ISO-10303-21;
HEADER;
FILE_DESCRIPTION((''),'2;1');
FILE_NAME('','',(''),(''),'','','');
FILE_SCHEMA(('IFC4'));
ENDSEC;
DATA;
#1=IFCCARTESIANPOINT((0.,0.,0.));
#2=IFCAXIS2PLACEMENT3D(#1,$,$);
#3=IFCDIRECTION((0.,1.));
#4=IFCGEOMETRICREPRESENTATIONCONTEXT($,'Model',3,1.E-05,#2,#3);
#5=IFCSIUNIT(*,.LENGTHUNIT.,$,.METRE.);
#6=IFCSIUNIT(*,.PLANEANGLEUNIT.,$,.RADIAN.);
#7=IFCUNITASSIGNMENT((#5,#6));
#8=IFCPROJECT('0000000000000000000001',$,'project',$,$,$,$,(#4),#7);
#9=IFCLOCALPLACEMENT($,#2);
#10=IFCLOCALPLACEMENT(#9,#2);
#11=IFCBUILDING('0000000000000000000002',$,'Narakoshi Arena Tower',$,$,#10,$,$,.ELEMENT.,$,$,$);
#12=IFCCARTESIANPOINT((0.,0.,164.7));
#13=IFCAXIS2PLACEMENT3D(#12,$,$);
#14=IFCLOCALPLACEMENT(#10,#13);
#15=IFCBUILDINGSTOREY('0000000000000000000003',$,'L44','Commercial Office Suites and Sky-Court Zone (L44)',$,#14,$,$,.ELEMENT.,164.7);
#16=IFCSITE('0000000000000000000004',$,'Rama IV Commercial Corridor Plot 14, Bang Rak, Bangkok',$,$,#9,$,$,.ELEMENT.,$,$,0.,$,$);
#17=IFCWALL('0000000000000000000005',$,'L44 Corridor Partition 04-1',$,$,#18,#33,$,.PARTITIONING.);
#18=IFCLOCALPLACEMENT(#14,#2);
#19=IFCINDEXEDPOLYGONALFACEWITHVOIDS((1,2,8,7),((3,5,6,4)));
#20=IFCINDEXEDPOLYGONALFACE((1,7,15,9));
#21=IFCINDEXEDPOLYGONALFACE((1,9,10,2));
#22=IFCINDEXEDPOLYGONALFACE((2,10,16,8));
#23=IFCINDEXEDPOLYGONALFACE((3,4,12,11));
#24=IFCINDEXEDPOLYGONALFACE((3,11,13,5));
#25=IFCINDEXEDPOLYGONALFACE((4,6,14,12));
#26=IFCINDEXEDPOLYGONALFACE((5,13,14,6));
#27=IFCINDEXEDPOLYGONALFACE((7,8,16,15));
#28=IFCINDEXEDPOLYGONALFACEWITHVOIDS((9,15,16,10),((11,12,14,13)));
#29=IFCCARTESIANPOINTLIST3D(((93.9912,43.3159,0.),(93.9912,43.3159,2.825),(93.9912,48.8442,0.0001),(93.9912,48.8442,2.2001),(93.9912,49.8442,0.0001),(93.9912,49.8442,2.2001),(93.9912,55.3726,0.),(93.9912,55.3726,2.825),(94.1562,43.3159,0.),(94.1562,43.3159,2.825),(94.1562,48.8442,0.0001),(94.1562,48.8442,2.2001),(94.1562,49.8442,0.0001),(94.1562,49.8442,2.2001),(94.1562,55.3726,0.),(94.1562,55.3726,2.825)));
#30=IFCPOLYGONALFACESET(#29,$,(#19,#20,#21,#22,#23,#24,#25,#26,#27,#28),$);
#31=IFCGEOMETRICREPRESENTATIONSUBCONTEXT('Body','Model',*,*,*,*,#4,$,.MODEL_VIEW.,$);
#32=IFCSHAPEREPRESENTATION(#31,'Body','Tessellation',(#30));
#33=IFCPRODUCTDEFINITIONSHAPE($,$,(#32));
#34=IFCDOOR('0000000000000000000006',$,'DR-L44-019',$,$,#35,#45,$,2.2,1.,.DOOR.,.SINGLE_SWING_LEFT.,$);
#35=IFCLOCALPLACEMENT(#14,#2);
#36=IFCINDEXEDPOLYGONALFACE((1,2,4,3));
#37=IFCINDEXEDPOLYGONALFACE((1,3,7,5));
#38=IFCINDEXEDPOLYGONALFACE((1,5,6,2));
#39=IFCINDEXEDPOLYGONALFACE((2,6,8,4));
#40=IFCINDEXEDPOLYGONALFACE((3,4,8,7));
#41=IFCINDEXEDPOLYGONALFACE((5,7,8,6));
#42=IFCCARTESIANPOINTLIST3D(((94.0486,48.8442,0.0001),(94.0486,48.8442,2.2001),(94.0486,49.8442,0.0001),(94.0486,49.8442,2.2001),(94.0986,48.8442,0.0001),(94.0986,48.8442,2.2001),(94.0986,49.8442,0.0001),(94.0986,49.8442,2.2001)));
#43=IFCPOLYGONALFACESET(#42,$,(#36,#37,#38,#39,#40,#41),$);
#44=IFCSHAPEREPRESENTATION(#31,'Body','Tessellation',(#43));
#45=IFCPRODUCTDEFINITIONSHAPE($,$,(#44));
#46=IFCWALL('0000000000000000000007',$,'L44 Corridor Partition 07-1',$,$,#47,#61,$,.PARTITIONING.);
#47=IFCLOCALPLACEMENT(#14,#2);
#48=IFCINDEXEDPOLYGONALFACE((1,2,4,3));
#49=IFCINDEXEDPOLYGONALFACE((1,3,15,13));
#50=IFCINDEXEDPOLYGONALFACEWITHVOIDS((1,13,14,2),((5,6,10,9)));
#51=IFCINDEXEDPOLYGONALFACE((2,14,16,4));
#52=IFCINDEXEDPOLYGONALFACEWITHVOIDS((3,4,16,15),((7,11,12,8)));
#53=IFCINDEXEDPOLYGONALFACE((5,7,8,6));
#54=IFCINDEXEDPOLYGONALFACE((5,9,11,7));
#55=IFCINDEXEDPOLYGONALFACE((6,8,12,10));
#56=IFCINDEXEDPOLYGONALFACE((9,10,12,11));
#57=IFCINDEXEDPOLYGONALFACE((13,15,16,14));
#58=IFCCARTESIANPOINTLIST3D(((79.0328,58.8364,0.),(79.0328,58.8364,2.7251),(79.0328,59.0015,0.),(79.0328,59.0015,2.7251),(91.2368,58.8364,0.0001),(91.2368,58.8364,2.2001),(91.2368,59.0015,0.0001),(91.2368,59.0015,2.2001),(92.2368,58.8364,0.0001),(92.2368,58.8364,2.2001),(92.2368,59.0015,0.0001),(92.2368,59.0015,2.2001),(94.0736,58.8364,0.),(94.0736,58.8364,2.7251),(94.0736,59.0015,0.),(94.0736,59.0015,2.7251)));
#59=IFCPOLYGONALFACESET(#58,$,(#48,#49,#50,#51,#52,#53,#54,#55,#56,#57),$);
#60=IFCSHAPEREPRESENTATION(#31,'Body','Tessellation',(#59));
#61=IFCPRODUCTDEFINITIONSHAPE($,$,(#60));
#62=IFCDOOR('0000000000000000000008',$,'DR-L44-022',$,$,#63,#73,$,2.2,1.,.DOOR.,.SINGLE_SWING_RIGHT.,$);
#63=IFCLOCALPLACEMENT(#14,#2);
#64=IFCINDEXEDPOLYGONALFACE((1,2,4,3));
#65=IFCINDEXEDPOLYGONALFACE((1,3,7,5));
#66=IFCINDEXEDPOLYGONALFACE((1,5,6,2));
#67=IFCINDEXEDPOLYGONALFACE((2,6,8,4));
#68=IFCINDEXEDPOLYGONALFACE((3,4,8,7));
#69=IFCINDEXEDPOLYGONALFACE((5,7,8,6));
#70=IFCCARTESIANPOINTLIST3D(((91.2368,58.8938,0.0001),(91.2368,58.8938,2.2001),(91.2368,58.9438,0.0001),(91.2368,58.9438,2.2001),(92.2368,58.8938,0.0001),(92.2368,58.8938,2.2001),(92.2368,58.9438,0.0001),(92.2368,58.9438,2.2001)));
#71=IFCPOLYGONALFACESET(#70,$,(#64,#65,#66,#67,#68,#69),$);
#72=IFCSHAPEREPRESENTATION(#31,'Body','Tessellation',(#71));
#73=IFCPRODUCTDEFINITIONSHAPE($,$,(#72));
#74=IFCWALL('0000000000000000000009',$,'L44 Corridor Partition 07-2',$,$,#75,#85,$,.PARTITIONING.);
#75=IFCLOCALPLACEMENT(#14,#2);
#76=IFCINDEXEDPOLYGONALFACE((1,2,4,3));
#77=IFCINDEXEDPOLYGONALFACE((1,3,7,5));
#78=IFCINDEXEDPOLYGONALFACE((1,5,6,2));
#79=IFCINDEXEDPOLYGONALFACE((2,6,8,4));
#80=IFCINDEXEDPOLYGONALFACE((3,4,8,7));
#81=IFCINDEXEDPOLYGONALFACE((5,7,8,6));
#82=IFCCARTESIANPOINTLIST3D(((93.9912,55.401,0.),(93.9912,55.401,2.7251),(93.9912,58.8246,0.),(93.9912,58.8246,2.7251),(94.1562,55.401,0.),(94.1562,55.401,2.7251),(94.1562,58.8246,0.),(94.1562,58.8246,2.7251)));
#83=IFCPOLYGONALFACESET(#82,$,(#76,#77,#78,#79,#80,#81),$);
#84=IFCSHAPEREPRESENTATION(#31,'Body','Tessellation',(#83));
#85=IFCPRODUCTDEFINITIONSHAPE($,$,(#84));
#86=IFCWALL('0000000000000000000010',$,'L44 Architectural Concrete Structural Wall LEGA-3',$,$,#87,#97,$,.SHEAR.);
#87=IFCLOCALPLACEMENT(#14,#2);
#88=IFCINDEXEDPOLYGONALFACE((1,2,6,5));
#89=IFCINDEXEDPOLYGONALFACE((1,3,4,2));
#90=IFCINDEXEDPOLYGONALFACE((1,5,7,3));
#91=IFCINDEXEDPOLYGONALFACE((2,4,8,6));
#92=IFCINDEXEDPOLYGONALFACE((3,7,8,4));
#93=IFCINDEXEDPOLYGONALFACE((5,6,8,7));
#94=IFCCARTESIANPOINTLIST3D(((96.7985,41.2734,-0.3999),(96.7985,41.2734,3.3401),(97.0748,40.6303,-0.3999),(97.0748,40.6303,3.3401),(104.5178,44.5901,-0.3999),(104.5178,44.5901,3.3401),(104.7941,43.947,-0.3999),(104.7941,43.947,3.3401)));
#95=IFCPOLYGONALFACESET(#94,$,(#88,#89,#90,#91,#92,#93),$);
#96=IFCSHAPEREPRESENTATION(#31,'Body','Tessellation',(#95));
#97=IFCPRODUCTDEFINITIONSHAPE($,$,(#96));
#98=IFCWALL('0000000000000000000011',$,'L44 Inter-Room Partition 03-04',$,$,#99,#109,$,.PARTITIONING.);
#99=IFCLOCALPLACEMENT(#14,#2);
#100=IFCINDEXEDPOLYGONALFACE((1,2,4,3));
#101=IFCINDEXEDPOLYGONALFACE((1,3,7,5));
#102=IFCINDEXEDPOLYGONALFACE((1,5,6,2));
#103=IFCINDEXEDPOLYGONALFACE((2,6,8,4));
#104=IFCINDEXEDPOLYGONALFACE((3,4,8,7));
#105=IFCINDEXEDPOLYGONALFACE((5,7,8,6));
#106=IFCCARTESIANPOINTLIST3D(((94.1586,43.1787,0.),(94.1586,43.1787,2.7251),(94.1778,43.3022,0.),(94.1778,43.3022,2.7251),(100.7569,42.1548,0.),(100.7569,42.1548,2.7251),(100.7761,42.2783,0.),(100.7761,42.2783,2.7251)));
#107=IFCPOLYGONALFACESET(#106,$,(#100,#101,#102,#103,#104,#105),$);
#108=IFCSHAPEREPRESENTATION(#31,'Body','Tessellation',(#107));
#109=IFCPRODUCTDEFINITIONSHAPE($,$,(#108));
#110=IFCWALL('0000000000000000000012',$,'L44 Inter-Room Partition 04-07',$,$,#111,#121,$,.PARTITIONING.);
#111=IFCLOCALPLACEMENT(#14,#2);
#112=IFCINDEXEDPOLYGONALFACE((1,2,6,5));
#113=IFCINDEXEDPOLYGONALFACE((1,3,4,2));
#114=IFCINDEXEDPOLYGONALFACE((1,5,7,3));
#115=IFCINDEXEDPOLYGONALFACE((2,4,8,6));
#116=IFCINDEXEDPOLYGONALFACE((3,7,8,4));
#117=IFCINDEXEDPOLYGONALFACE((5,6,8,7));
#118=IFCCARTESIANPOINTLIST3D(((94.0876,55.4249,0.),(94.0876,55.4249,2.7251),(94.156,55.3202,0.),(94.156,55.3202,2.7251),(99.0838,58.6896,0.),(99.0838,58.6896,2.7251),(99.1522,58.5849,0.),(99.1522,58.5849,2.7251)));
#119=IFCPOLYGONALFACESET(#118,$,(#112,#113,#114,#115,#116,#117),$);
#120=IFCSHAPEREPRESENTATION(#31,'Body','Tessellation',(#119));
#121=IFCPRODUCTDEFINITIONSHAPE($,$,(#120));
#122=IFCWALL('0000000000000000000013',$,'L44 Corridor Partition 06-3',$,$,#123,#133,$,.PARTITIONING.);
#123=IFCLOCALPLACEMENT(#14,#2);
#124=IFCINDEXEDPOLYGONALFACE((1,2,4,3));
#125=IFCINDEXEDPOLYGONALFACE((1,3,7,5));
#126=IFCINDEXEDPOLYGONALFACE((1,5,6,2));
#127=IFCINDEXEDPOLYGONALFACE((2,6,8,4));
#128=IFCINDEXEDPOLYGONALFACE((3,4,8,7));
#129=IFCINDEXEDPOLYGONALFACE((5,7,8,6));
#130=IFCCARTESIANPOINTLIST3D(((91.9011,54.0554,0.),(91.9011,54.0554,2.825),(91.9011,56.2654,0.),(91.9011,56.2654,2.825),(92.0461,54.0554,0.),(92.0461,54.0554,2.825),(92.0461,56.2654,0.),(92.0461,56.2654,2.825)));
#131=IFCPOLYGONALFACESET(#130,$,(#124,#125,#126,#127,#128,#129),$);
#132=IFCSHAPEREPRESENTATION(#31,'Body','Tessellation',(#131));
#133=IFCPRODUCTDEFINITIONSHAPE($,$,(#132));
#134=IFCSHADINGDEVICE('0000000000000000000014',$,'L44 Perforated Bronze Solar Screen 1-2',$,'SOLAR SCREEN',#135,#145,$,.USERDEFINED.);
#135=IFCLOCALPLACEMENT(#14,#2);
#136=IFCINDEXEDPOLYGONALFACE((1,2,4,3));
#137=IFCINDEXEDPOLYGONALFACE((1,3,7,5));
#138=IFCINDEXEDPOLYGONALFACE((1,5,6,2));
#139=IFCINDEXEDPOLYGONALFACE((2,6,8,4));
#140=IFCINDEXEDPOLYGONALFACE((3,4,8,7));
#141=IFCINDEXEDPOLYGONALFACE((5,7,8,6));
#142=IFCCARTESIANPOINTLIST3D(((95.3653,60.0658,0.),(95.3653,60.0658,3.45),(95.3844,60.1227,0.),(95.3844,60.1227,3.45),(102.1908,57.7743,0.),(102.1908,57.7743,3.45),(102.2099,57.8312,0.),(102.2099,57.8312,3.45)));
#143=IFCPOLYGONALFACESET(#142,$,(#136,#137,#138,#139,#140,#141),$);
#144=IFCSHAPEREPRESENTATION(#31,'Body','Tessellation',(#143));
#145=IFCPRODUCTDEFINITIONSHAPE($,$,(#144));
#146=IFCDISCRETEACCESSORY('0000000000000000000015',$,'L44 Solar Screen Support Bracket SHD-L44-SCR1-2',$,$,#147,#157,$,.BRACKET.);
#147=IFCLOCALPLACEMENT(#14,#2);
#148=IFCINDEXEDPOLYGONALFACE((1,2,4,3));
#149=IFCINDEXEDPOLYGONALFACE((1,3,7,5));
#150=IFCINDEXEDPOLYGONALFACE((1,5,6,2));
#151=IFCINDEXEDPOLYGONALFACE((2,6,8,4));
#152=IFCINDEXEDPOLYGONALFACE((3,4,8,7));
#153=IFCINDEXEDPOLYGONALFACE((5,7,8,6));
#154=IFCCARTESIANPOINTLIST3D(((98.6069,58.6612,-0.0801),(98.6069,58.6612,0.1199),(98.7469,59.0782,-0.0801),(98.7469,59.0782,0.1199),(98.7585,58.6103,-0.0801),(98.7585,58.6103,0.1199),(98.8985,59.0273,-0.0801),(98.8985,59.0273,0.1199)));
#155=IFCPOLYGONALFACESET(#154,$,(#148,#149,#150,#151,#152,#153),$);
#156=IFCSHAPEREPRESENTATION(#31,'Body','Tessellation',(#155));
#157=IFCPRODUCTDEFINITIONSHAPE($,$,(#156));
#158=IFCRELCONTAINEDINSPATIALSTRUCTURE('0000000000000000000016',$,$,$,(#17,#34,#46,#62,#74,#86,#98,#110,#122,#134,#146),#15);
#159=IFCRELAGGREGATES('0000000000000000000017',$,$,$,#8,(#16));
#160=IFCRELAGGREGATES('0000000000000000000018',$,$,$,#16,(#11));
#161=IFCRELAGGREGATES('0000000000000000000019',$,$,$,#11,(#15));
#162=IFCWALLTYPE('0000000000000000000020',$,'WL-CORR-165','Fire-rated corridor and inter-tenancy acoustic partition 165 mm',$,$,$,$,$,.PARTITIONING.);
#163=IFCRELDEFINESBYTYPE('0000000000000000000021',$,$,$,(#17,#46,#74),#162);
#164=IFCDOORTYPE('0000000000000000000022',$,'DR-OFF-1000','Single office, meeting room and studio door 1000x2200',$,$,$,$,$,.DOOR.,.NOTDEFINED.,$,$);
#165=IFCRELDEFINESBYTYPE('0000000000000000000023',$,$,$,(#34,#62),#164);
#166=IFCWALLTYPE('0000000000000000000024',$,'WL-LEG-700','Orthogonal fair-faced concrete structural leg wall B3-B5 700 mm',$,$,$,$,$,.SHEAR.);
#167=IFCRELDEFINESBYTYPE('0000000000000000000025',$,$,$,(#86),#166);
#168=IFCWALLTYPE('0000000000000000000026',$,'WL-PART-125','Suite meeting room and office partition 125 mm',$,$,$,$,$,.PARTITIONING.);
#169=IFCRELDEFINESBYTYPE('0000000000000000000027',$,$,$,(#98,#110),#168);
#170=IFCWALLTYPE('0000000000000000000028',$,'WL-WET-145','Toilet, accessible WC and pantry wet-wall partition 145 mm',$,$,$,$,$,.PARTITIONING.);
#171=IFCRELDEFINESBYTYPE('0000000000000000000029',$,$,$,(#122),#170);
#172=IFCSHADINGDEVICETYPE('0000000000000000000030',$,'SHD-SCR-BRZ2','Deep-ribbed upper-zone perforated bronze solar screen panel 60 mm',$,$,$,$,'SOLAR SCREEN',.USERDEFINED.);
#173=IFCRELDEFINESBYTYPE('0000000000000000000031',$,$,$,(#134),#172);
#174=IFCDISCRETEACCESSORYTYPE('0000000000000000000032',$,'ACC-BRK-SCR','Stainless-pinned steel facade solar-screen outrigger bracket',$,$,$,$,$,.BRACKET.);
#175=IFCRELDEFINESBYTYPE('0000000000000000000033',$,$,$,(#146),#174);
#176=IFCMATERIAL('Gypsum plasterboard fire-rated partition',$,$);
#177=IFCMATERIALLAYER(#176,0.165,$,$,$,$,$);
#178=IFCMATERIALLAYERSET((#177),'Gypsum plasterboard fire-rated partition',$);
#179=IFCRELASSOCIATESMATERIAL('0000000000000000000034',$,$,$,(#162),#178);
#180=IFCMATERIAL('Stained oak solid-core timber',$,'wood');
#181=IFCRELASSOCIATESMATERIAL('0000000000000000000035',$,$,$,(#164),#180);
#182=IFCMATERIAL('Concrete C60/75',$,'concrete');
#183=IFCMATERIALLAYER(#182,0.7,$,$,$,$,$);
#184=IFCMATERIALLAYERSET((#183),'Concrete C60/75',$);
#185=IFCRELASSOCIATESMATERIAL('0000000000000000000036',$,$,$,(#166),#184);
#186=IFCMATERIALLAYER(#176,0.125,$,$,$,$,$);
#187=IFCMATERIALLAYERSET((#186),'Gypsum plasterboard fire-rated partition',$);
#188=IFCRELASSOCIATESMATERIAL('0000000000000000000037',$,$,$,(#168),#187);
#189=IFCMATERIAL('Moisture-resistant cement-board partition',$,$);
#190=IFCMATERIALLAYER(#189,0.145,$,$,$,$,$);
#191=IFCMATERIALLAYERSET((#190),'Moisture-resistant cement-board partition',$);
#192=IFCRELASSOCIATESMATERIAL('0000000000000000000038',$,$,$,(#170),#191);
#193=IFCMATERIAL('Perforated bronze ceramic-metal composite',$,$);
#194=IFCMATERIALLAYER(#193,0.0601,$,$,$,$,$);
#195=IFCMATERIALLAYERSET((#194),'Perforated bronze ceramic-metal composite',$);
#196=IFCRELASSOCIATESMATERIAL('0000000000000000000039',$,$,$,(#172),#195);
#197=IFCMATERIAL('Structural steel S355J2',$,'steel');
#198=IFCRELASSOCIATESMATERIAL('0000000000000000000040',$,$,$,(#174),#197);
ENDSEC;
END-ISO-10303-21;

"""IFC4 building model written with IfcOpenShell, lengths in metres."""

from ifc_helpers import new_model, si_unit, direction, frame, frame_2d, origin, origin_2d, place, context, subcontext, project, spatial, rectangle, extrude, material, layer, layer_set, type_object, element, fill, save


model = new_model("IFC4")

# Units and contexts
model_context = context("Model", 3, precision=1e-05, world=origin(), true_north=direction((0.0, 1.0)))
body_context = subcontext(model_context, "Body", "Model", "MODEL_VIEW")
ifc_project = project(units=[si_unit("LENGTHUNIT", "METRE"), si_unit("PLANEANGLEUNIT", "RADIAN")], contexts=[model_context])

# Site, building, storey
site_placement = place(None, origin())
site = spatial("IfcSite", under=ifc_project, at=site_placement, Name="Rama IV Commercial Corridor Plot 14, Bang Rak, Bangkok", CompositionType="ELEMENT", RefElevation=0.0)
building_placement = place(site_placement, origin())
building = spatial("IfcBuilding", under=site, at=building_placement, Name="Narakoshi Arena Tower", CompositionType="ELEMENT")
storey_placement = place(building_placement, frame((0.0, 0.0, 164.7)))
storey = spatial("IfcBuildingStorey", under=building, at=storey_placement, Name="L44", Description="Commercial Office Suites and Sky-Court Zone (L44)", CompositionType="ELEMENT", Elevation=164.7)

# Shared definitions
ifc_material_1 = material(Name="Structural steel S355J2", Category="steel")

# Shared definitions
ifc_material_2 = material(Name="Gypsum plasterboard fire-rated partition")
ifc_layer_1 = layer(ifc_material_2, 0.165)
ifc_layer_set_1 = layer_set([ifc_layer_1], Name="Gypsum plasterboard fire-rated partition")
wall_type_1 = type_object("IfcWallType", Name="WL-CORR-165", Description="Fire-rated corridor and inter-tenancy acoustic partition 165 mm", PredefinedType="PARTITIONING", material=ifc_layer_set_1)

# Walls, openings, doors
wall_1_placement = place(storey_placement, frame((94.0737, 43.3159, 0.0), z_axis=(0.0, 0.0, 1.0), x_axis=(0.0, 1.0, 0.0)))
wall_1 = element("IfcWall", 1, at=wall_1_placement, inside=storey, type_object=wall_type_1, Name="L44 Corridor Partition 04-1", PredefinedType="PARTITIONING", context=body_context, shape_type="SweptSolid", body=[
    extrude(rectangle(XDim=12.0566, YDim=0.165, at=frame_2d((6.0283, 0.0))), origin(), (0.0, 0.0, 1.0), 2.825),
])
opening_1_placement = place(wall_1_placement, frame((5.5283, 0.0, 0.0)))
opening_1 = element("IfcOpeningElement", 2, at=opening_1_placement, cuts=wall_1, PredefinedType="OPENING", context=body_context, shape_type="SweptSolid", body=[
    extrude(rectangle(XDim=1.0, YDim=2.2, at=frame_2d((0.5, 1.1001))), frame((0.0, 0.0925, 0.0), z_axis=(0.0, -1.0, 0.0), x_axis=(1.0, 0.0, 0.0)), (0.0, 0.0, 1.0), 0.1851),
])
ifc_material_3 = material(Name="Stained oak solid-core timber", Category="wood")
door_type = type_object("IfcDoorType", Name="DR-OFF-1000", Description="Single office, meeting room and studio door 1000x2200", OperationType="NOTDEFINED", PredefinedType="DOOR", material=ifc_material_3)
door_1_placement = place(opening_1_placement, frame((1.0, 0.0, 0.0), z_axis=(0.0, 0.0, 1.0), x_axis=(-1.0, 0.0, 0.0)))
door_1 = element("IfcDoor", 3, at=door_1_placement, inside=storey, type_object=door_type, Name="DR-L44-019", OperationType="SINGLE_SWING_LEFT", OverallHeight=2.2, OverallWidth=1.0, PredefinedType="DOOR", context=body_context, shape_type="SweptSolid", body=[
    extrude(rectangle(XDim=1.0, YDim=2.2, at=frame_2d((0.5, 1.1001))), frame((0.0, 0.0249, 0.0), z_axis=(0.0, -1.0, 0.0), x_axis=(1.0, 0.0, 0.0)), (0.0, 0.0, 1.0), 0.05),
])
fill(opening_1, door_1)
wall_2_placement = place(storey_placement, frame((94.0737, 58.9189, 0.0), z_axis=(0.0, 0.0, 1.0), x_axis=(-1.0, 0.0, 0.0)))
wall_2 = element("IfcWall", 4, at=wall_2_placement, inside=storey, type_object=wall_type_1, Name="L44 Corridor Partition 07-1", PredefinedType="PARTITIONING", context=body_context, shape_type="SweptSolid", body=[
    extrude(rectangle(XDim=15.0408, YDim=0.165, at=frame_2d((7.5205, 0.0))), origin(), (0.0, 0.0, 1.0), 2.7251),
])
opening_2_placement = place(wall_2_placement, frame((1.8369, 0.0, 0.0)))
opening_2 = element("IfcOpeningElement", 5, at=opening_2_placement, cuts=wall_2, PredefinedType="OPENING", context=body_context, shape_type="SweptSolid", body=[
    extrude(rectangle(XDim=1.0, YDim=2.2, at=frame_2d((0.5, 1.1001))), frame((0.0, 0.0925, 0.0), z_axis=(0.0, -1.0, 0.0), x_axis=(1.0, 0.0, 0.0)), (0.0, 0.0, 1.0), 0.1851),
])
door_2_placement = place(opening_2_placement, frame((1.0, 0.0, 0.0), z_axis=(0.0, 0.0, 1.0), x_axis=(-1.0, 0.0, 0.0)))
door_2 = element("IfcDoor", 6, at=door_2_placement, inside=storey, type_object=door_type, Name="DR-L44-022", OperationType="SINGLE_SWING_RIGHT", OverallHeight=2.2, OverallWidth=1.0, PredefinedType="DOOR", context=body_context, shape_type="SweptSolid", body=[
    extrude(rectangle(XDim=1.0, YDim=2.2, at=frame_2d((0.5, 1.1001))), frame((0.0, 0.0249, 0.0), z_axis=(0.0, -1.0, 0.0), x_axis=(1.0, 0.0, 0.0)), (0.0, 0.0, 1.0), 0.05),
])
fill(opening_2, door_2)

# Walls
wall_3_placement = place(storey_placement, frame((94.0737, 55.4009, 0.0), z_axis=(0.0, 0.0, 1.0), x_axis=(0.0, 1.0, 0.0)))
element("IfcWall", 7, at=wall_3_placement, inside=storey, type_object=wall_type_1, Name="L44 Corridor Partition 07-2", PredefinedType="PARTITIONING", context=body_context, shape_type="SweptSolid", body=[
    extrude(rectangle(XDim=3.4236, YDim=0.165, at=frame_2d((1.7119, 0.0))), origin(), (0.0, 0.0, 1.0), 2.7251),
])
ifc_material_4 = material(Name="Concrete C60/75", Category="concrete")
ifc_layer_2 = layer(ifc_material_4, 0.7)
ifc_layer_set_2 = layer_set([ifc_layer_2], Name="Concrete C60/75")
wall_type_2 = type_object("IfcWallType", Name="WL-LEG-700", Description="Orthogonal fair-faced concrete structural leg wall B3-B5 700 mm", PredefinedType="SHEAR", material=ifc_layer_set_2)
wall_4_placement = place(storey_placement, frame((96.9368, 40.9519, -0.3999), z_axis=(0.0, 0.0, 1.0), x_axis=(0.918782, 0.394764, 0.0)))
element("IfcWall", 8, at=wall_4_placement, inside=storey, type_object=wall_type_2, Name="L44 Architectural Concrete Structural Wall LEGA-3", PredefinedType="SHEAR", context=body_context, shape_type="SweptSolid", body=[
    extrude(rectangle(XDim=8.4016, YDim=0.7, at=frame_2d((4.2007, 0.0))), origin(), (0.0, 0.0, 1.0), 3.74),
])
ifc_layer_3 = layer(ifc_material_2, 0.125)
ifc_layer_set_3 = layer_set([ifc_layer_3], Name="Gypsum plasterboard fire-rated partition")
wall_type_3 = type_object("IfcWallType", Name="WL-PART-125", Description="Suite meeting room and office partition 125 mm", PredefinedType="PARTITIONING", material=ifc_layer_set_3)
wall_5_placement = place(storey_placement, frame((94.1682, 43.2405, 0.0), z_axis=(0.0, 0.0, 1.0), x_axis=(0.988173, -0.153343, 0.0)))
element("IfcWall", 9, at=wall_5_placement, inside=storey, type_object=wall_type_3, Name="L44 Inter-Room Partition 03-04", PredefinedType="PARTITIONING", context=body_context, shape_type="SweptSolid", body=[
    extrude(rectangle(XDim=6.6772, YDim=0.125, at=frame_2d((3.3386, 0.0))), origin(), (0.0, 0.0, 1.0), 2.7251),
])
wall_6_placement = place(storey_placement, frame((94.1218, 55.3726, 0.0), z_axis=(0.0, 0.0, 1.0), x_axis=(0.837125, 0.547011, 0.0)))
element("IfcWall", 10, at=wall_6_placement, inside=storey, type_object=wall_type_3, Name="L44 Inter-Room Partition 04-07", PredefinedType="PARTITIONING", context=body_context, shape_type="SweptSolid", body=[
    extrude(rectangle(XDim=5.9683, YDim=0.125, at=frame_2d((2.9841, 0.0))), origin(), (0.0, 0.0, 1.0), 2.7251),
])
ifc_material_5 = material(Name="Moisture-resistant cement-board partition")
ifc_layer_4 = layer(ifc_material_5, 0.145)
ifc_layer_set_4 = layer_set([ifc_layer_4], Name="Moisture-resistant cement-board partition")
wall_type_4 = type_object("IfcWallType", Name="WL-WET-145", Description="Toilet, accessible WC and pantry wet-wall partition 145 mm", PredefinedType="PARTITIONING", material=ifc_layer_set_4)
wall_7_placement = place(storey_placement, frame((91.9736, 56.2654, 0.0), z_axis=(0.0, 0.0, 1.0), x_axis=(0.0, -1.0, 0.0)))
element("IfcWall", 11, at=wall_7_placement, inside=storey, type_object=wall_type_4, Name="L44 Corridor Partition 06-3", PredefinedType="PARTITIONING", context=body_context, shape_type="SweptSolid", body=[
    extrude(rectangle(XDim=2.21, YDim=0.145, at=frame_2d((1.105, 0.0))), origin(), (0.0, 0.0, 1.0), 2.825),
])

# Shading device
ifc_material_6 = material(Name="Perforated bronze ceramic-metal composite")
ifc_layer_5 = layer(ifc_material_6, 0.0601)
ifc_layer_set_5 = layer_set([ifc_layer_5], Name="Perforated bronze ceramic-metal composite")
shading_device_type = type_object("IfcShadingDeviceType", Name="SHD-SCR-BRZ2", Description="Deep-ribbed upper-zone perforated bronze solar screen panel 60 mm", ElementType="SOLAR SCREEN", PredefinedType="USERDEFINED", material=ifc_layer_set_5)
shading_device_placement = place(storey_placement, frame((98.7876, 58.9485, 0.0), z_axis=(0.0, 0.0, 1.0), x_axis=(-0.948002, 0.318264, 0.0)))
element("IfcShadingDevice", 12, at=shading_device_placement, inside=storey, type_object=shading_device_type, Name="L44 Perforated Bronze Solar Screen 1-2", ObjectType="SOLAR SCREEN", PredefinedType="USERDEFINED", context=body_context, shape_type="SweptSolid", body=[
    extrude(rectangle(XDim=7.2, YDim=0.0601, at=origin_2d()), origin(), (0.0, 0.0, 1.0), 3.45),
])

# Discrete accessory
discrete_accessory_type = type_object("IfcDiscreteAccessoryType", Name="ACC-BRK-SCR", Description="Stainless-pinned steel facade solar-screen outrigger bracket", PredefinedType="BRACKET", material=ifc_material_1)
discrete_accessory_placement = place(storey_placement, frame((98.7527, 58.8442, -0.0801), z_axis=(0.0, 0.0, 1.0), x_axis=(-0.948002, 0.318264, 0.0)))
element("IfcDiscreteAccessory", 13, at=discrete_accessory_placement, inside=storey, type_object=discrete_accessory_type, Name="L44 Solar Screen Support Bracket SHD-L44-SCR1-2", PredefinedType="BRACKET", context=body_context, shape_type="SweptSolid", body=[
    extrude(rectangle(XDim=0.1599, YDim=0.4399, at=origin_2d()), origin(), (0.0, 0.0, 1.0), 0.2),
])

save(model, "model.ifc")
